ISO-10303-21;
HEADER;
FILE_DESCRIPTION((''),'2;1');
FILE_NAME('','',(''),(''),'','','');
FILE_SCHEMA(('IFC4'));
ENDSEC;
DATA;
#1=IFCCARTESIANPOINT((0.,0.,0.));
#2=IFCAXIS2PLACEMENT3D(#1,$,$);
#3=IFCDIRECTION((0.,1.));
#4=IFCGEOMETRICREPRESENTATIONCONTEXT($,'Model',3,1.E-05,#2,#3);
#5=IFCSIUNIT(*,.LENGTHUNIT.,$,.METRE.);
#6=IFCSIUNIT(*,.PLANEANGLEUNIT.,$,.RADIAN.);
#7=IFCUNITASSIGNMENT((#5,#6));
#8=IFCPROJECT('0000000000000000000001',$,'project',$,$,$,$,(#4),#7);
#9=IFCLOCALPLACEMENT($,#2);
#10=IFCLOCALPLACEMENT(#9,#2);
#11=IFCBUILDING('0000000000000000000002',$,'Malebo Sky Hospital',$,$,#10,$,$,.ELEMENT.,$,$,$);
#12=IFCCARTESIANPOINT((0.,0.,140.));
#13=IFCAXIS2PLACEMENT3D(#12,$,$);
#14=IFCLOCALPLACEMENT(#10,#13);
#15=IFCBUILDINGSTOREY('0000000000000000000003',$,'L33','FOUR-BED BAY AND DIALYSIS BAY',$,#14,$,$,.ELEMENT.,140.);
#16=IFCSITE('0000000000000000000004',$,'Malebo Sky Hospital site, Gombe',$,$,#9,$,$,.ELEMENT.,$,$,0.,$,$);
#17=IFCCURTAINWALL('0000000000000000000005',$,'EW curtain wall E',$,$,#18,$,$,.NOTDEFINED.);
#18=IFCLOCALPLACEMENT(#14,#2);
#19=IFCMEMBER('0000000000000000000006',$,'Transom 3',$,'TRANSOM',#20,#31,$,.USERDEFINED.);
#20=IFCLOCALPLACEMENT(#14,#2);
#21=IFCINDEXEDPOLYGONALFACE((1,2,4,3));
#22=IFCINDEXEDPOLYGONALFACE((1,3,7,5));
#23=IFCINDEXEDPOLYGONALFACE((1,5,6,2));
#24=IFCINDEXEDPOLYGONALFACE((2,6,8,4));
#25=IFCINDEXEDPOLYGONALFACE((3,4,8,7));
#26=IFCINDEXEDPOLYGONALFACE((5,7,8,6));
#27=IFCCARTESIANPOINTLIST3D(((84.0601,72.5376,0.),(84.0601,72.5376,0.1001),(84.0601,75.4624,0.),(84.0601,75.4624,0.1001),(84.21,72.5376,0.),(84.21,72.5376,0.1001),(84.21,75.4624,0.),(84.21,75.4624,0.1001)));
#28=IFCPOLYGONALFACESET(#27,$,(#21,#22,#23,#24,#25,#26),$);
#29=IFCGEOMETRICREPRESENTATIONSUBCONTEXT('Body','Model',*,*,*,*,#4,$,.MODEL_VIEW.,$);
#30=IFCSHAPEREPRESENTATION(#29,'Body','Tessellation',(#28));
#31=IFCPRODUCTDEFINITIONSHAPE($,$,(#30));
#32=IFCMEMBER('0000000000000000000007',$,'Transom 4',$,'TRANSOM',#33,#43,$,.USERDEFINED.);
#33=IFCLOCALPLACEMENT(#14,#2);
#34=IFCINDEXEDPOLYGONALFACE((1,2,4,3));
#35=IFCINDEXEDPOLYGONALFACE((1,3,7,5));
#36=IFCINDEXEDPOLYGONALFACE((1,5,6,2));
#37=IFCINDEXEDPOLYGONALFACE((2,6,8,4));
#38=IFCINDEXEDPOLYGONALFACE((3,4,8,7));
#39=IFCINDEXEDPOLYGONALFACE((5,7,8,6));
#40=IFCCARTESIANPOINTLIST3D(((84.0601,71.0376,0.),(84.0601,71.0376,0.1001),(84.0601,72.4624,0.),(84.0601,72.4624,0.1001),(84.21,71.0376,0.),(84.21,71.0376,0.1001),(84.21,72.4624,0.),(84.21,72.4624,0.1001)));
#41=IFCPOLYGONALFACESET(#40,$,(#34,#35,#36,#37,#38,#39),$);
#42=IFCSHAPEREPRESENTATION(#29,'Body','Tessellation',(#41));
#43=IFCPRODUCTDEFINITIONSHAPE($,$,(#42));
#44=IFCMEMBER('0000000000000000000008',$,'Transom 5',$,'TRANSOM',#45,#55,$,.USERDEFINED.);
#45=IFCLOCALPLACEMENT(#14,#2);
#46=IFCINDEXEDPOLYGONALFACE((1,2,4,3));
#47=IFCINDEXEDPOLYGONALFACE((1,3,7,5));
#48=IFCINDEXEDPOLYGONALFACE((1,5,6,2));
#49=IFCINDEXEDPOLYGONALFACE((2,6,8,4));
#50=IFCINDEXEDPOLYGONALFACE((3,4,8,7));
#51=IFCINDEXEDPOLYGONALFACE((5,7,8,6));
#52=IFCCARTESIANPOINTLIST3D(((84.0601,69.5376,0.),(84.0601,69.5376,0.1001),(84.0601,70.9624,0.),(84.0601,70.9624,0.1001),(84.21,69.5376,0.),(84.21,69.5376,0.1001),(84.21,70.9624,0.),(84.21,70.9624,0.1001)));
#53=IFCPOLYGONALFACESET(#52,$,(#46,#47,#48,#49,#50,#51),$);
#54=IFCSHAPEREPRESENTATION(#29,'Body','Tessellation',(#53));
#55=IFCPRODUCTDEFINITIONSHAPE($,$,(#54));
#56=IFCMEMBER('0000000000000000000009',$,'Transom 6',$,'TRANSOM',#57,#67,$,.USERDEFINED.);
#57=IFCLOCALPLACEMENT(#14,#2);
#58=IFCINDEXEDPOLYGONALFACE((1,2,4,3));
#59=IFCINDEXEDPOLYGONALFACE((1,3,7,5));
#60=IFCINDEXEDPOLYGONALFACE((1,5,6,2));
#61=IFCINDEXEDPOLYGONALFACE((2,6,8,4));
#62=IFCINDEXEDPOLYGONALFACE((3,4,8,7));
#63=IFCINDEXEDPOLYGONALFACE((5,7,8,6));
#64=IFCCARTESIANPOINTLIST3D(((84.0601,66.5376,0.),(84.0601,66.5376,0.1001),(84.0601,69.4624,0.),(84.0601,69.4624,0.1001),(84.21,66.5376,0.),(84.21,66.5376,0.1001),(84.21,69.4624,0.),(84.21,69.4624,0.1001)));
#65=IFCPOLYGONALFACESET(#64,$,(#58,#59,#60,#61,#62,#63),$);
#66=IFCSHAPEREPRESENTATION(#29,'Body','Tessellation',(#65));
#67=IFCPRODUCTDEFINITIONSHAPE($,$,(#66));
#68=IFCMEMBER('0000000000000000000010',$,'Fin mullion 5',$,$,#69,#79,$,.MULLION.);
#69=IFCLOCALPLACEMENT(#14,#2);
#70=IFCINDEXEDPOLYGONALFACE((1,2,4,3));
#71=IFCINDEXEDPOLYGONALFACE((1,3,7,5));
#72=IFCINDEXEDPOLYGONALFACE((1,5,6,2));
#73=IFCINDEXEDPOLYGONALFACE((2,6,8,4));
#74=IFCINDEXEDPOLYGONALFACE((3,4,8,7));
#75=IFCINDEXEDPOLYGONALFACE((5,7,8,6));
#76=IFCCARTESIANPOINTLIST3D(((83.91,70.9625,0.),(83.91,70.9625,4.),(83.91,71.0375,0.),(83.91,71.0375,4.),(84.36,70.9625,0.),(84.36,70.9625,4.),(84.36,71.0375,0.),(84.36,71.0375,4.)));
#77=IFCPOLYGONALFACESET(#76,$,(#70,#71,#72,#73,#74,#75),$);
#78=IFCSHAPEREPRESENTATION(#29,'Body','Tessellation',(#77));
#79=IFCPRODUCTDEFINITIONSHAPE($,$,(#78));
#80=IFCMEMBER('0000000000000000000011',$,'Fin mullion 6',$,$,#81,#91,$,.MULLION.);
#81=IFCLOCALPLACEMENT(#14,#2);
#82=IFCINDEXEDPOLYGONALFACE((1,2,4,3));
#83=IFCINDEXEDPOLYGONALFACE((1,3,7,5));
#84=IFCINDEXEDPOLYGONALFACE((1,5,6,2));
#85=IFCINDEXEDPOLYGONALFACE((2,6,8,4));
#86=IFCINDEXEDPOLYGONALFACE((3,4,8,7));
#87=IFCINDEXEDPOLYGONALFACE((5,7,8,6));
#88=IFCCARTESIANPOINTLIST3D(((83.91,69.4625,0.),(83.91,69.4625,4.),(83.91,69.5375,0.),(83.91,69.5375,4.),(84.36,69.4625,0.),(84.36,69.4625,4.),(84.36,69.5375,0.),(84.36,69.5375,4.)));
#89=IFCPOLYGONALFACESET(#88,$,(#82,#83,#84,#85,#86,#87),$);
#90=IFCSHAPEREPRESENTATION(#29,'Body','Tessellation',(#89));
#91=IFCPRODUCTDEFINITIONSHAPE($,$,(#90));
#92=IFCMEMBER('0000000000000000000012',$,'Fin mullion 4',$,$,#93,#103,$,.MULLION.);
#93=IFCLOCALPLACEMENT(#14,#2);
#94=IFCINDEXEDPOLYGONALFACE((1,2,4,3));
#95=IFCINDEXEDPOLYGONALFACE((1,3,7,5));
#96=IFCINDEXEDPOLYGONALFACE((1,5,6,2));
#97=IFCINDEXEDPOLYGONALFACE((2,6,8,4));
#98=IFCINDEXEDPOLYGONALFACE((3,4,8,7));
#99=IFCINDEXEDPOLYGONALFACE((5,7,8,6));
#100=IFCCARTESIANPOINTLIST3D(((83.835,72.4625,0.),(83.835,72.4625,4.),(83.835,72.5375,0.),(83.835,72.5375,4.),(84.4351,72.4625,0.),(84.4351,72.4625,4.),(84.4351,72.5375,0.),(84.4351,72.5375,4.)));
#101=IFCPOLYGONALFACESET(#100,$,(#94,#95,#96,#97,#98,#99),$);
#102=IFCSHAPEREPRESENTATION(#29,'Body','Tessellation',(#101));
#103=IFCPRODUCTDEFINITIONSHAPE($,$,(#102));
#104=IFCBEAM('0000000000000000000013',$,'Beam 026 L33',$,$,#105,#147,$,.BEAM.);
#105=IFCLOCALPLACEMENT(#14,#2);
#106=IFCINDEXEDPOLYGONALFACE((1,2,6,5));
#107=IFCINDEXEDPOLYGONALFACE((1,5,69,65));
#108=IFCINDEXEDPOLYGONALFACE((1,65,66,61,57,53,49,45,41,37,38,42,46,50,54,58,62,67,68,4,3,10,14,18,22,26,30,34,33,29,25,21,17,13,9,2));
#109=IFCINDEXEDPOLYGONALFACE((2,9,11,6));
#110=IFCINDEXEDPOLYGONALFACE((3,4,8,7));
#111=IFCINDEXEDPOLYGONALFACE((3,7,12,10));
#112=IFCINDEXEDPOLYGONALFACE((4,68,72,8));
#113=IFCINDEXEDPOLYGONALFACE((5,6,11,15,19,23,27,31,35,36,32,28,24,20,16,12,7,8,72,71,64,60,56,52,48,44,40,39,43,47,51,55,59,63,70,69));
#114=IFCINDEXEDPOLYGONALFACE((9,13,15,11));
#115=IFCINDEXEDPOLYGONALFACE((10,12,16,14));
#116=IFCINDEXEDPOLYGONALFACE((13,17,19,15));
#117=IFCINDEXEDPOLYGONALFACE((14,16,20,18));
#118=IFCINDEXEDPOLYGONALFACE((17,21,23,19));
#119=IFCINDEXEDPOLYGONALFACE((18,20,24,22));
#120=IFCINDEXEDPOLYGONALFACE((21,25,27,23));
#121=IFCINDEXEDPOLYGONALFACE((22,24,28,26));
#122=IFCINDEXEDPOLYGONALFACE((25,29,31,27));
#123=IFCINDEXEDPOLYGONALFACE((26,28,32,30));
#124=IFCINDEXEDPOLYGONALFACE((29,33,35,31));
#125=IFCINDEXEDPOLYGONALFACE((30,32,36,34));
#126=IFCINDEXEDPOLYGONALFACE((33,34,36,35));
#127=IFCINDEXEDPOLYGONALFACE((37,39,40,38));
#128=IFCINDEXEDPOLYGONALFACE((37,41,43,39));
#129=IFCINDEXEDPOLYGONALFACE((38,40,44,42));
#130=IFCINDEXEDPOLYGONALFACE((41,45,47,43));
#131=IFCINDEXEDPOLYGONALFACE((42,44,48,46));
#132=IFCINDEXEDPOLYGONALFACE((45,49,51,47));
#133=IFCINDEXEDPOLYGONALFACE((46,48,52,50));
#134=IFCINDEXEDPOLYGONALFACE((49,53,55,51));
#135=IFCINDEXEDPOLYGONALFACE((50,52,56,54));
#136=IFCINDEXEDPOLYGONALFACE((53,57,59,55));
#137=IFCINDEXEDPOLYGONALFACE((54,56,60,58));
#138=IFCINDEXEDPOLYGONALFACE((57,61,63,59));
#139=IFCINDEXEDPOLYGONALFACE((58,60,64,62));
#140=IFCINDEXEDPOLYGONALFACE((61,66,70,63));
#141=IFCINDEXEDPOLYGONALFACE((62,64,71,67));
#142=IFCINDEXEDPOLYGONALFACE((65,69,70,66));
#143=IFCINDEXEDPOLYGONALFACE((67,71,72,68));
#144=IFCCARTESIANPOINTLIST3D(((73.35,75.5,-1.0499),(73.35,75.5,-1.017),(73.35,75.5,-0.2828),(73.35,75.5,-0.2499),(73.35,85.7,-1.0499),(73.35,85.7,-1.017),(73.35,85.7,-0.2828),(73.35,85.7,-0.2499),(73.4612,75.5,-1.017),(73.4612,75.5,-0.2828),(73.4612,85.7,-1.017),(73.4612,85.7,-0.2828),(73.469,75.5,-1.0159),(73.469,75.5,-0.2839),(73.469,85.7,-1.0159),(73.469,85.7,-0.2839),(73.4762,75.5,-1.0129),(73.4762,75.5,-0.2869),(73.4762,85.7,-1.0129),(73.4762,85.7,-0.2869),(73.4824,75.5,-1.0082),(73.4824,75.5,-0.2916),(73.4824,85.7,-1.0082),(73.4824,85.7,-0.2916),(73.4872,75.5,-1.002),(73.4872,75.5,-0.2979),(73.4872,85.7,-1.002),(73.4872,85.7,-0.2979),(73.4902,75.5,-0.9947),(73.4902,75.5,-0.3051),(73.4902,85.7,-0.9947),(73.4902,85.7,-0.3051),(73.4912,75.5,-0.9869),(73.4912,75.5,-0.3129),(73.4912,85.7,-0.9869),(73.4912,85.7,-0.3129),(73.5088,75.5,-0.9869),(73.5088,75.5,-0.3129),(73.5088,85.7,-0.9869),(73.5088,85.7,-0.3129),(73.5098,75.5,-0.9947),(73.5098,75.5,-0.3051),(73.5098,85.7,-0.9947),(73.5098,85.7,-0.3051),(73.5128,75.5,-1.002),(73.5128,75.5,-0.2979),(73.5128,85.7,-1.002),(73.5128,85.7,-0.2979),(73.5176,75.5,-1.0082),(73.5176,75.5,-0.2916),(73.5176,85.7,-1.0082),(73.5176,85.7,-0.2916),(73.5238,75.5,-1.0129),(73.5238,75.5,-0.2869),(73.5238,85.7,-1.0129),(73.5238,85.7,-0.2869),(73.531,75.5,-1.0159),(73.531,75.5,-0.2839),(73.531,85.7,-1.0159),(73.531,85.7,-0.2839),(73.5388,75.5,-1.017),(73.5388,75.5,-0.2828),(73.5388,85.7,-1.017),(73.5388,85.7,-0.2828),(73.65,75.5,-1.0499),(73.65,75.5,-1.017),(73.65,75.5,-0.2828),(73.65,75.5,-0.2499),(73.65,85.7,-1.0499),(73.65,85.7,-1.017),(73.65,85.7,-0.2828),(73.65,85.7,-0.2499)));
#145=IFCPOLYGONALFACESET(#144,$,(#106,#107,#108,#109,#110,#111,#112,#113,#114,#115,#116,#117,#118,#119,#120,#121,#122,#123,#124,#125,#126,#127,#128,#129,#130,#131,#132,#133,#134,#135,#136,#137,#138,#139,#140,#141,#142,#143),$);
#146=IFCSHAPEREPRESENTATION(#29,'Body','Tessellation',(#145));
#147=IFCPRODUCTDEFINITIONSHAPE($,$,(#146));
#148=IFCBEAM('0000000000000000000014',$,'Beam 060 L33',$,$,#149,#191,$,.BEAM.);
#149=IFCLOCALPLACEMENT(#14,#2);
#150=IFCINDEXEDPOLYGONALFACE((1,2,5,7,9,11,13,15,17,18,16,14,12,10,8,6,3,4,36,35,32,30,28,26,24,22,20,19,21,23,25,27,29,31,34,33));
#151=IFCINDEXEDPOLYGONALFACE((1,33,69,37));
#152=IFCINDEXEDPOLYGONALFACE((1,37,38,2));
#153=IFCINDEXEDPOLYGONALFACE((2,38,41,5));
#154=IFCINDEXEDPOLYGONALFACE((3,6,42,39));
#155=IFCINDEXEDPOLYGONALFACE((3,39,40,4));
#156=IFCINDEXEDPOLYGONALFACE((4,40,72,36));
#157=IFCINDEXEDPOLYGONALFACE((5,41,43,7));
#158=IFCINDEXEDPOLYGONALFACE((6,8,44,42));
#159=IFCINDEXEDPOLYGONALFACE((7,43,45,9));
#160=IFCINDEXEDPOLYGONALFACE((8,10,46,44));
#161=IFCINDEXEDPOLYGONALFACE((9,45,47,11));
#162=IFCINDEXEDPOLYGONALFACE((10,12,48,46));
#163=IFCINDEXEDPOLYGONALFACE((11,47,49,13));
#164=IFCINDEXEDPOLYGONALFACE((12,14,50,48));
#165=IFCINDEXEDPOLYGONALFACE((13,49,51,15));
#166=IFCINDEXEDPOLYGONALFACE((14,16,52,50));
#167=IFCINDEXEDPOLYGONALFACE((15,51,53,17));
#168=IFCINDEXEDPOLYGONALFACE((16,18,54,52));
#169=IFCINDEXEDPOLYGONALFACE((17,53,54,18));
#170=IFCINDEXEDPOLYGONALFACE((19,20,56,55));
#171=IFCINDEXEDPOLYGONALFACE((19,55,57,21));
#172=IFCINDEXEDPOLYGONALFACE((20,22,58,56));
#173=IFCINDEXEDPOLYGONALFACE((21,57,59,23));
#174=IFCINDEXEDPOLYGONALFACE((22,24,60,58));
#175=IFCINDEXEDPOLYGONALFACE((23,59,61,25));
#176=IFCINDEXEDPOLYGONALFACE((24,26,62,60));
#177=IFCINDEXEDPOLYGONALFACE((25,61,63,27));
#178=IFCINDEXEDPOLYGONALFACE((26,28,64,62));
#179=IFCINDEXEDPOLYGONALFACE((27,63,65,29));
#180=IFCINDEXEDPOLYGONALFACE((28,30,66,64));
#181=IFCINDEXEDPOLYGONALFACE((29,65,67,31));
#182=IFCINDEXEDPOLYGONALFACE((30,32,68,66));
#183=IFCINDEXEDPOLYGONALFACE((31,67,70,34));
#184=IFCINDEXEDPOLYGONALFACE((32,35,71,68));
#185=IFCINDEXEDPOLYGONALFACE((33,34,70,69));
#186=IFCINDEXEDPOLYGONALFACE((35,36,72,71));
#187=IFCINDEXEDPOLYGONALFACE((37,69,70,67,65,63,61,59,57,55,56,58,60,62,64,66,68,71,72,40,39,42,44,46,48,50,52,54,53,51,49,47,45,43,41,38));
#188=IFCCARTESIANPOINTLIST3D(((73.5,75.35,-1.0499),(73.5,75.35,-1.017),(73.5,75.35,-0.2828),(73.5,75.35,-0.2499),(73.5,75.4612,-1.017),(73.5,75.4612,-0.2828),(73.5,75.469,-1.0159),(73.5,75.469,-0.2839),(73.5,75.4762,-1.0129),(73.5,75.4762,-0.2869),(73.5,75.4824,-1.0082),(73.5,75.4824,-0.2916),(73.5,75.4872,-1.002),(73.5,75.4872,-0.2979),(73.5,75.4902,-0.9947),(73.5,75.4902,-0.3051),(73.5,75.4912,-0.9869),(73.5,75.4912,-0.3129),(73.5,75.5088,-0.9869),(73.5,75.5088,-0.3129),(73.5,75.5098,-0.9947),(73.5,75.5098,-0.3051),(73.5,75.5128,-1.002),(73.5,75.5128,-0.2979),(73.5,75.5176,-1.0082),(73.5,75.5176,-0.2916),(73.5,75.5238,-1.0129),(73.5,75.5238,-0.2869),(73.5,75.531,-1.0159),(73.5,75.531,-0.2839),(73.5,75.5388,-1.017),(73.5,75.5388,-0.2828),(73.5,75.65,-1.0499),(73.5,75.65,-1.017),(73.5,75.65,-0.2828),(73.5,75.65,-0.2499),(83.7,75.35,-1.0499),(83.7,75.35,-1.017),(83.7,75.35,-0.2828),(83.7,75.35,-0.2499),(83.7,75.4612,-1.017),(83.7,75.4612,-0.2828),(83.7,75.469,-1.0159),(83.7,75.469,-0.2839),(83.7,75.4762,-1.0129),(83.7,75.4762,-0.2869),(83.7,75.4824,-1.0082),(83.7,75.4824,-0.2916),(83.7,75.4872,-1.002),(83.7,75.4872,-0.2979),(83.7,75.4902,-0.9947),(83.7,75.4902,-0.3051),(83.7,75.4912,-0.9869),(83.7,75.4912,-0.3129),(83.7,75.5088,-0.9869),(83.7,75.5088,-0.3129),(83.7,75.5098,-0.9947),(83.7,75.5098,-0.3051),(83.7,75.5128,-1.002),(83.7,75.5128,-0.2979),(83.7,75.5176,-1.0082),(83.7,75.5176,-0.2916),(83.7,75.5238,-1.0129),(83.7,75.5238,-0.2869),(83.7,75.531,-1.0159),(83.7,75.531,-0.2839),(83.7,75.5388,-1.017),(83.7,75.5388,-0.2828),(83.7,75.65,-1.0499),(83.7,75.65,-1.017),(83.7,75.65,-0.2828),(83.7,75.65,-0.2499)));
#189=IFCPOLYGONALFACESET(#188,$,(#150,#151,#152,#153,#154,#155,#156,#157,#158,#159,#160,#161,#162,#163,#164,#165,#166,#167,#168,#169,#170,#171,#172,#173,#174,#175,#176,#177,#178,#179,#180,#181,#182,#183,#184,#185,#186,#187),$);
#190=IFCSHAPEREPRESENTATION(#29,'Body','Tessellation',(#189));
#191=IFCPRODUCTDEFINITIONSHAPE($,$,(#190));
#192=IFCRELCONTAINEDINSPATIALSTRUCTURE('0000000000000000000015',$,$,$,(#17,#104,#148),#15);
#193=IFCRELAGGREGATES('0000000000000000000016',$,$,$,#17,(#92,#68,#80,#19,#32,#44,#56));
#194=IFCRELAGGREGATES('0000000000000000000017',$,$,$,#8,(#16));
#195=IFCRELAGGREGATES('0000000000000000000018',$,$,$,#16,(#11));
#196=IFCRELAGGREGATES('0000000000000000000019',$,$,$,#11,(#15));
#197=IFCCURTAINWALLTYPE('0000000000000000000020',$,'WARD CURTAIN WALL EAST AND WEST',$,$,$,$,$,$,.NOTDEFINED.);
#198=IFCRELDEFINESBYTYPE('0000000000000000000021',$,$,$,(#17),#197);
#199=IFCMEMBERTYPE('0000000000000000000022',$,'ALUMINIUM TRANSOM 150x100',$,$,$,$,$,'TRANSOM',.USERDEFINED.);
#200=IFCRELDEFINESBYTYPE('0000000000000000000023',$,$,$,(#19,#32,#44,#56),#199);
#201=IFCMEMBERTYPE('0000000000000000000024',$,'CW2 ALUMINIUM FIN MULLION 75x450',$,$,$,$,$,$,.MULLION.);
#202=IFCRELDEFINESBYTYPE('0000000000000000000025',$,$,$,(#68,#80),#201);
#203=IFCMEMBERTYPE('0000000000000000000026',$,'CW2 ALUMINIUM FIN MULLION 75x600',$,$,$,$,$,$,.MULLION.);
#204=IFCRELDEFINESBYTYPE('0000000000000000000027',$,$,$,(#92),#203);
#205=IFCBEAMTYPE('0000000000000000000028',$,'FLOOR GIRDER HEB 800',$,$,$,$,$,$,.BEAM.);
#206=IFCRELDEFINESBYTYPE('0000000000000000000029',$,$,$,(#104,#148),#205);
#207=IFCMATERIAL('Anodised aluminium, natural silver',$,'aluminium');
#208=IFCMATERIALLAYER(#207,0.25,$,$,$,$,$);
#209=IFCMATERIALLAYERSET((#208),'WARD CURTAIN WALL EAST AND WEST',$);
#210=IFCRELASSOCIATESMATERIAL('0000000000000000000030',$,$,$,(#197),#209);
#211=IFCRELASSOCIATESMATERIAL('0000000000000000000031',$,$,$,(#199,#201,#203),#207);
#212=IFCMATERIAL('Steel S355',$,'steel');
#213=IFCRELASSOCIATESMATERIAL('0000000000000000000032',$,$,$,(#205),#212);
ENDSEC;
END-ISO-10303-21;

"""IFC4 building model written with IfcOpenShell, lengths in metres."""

from ifc_helpers import new_model, si_unit, direction, frame, origin, origin_2d, place, context, subcontext, project, spatial, rectangle, i_section, extrude, material, layer, layer_set, material_profile, profile_set, type_object, element, aggregate, save


model = new_model("IFC4")

# Units and contexts
model_context = context("Model", 3, precision=1e-05, world=origin(), true_north=direction((0.0, 1.0)))
body_context = subcontext(model_context, "Body", "Model", "MODEL_VIEW")
ifc_project = project(units=[si_unit("LENGTHUNIT", "METRE"), si_unit("PLANEANGLEUNIT", "RADIAN")], contexts=[model_context])

# Site, building, storey
site_placement = place(None, origin())
site = spatial("IfcSite", under=ifc_project, at=site_placement, Name="Malebo Sky Hospital site, Gombe", CompositionType="ELEMENT", RefElevation=0.0)
building_placement = place(site_placement, origin())
building = spatial("IfcBuilding", under=site, at=building_placement, Name="Malebo Sky Hospital", CompositionType="ELEMENT")
storey_placement = place(building_placement, frame((0.0, 0.0, 140.0)))
storey = spatial("IfcBuildingStorey", under=building, at=storey_placement, Name="L33", Description="FOUR-BED BAY AND DIALYSIS BAY", CompositionType="ELEMENT", Elevation=140.0)

# Curtain wall, members
ifc_material_1 = material(Name="Anodised aluminium, natural silver", Category="aluminium")
ifc_layer_1 = layer(ifc_material_1, 0.25)
ifc_layer_set_1 = layer_set([ifc_layer_1], Name="WARD CURTAIN WALL EAST AND WEST")
curtain_wall_type = type_object("IfcCurtainWallType", Name="WARD CURTAIN WALL EAST AND WEST", PredefinedType="NOTDEFINED", material=ifc_layer_set_1)
curtain_wall_placement = place(storey_placement, origin())
curtain_wall = element("IfcCurtainWall", 1, at=curtain_wall_placement, inside=storey, type_object=curtain_wall_type, Name="EW curtain wall E", PredefinedType="NOTDEFINED")
ifc_material_profile_1 = material_profile(ifc_material_1, rectangle(XDim=0.1499, YDim=0.1001, at=origin_2d()), Name="ALUMINIUM TRANSOM 150x100")
ifc_profile_set_1 = profile_set([ifc_material_profile_1], Name="Anodised aluminium, natural silver")
member_type_1 = type_object("IfcMemberType", Name="ALUMINIUM TRANSOM 150x100", ElementType="TRANSOM", PredefinedType="USERDEFINED", material=ifc_profile_set_1)
member_1_placement = place(storey_placement, frame((84.135, 75.4624, 0.05), z_axis=(0.0, -1.0, 0.0), x_axis=(1.0, 0.0, 0.0)))
member_1 = element("IfcMember", 2, at=member_1_placement, type_object=member_type_1, Name="Transom 3", ObjectType="TRANSOM", PredefinedType="USERDEFINED", context=body_context, shape_type="SweptSolid", body=[
    extrude(rectangle(XDim=0.1499, YDim=0.1001, at=origin_2d()), origin(), (0.0, 0.0, 1.0), 2.9248),
])
member_2_placement = place(storey_placement, frame((84.135, 72.4624, 0.05), z_axis=(0.0, -1.0, 0.0), x_axis=(1.0, 0.0, 0.0)))
member_2 = element("IfcMember", 3, at=member_2_placement, type_object=member_type_1, Name="Transom 4", ObjectType="TRANSOM", PredefinedType="USERDEFINED", context=body_context, shape_type="SweptSolid", body=[
    extrude(rectangle(XDim=0.1499, YDim=0.1001, at=origin_2d()), origin(), (0.0, 0.0, 1.0), 1.4248),
])
member_3_placement = place(storey_placement, frame((84.135, 70.9624, 0.05), z_axis=(0.0, -1.0, 0.0), x_axis=(1.0, 0.0, 0.0)))
member_3 = element("IfcMember", 4, at=member_3_placement, type_object=member_type_1, Name="Transom 5", ObjectType="TRANSOM", PredefinedType="USERDEFINED", context=body_context, shape_type="SweptSolid", body=[
    extrude(rectangle(XDim=0.1499, YDim=0.1001, at=origin_2d()), origin(), (0.0, 0.0, 1.0), 1.4248),
])
member_4_placement = place(storey_placement, frame((84.135, 69.4624, 0.05), z_axis=(0.0, -1.0, 0.0), x_axis=(1.0, 0.0, 0.0)))
member_4 = element("IfcMember", 5, at=member_4_placement, type_object=member_type_1, Name="Transom 6", ObjectType="TRANSOM", PredefinedType="USERDEFINED", context=body_context, shape_type="SweptSolid", body=[
    extrude(rectangle(XDim=0.1499, YDim=0.1001, at=origin_2d()), origin(), (0.0, 0.0, 1.0), 2.9248),
])
ifc_material_profile_2 = material_profile(ifc_material_1, rectangle(XDim=0.075, YDim=0.45, at=origin_2d()), Name="CW2 ALUMINIUM FIN MULLION 75x450")
ifc_profile_set_2 = profile_set([ifc_material_profile_2], Name="Anodised aluminium, natural silver")
member_type_2 = type_object("IfcMemberType", Name="CW2 ALUMINIUM FIN MULLION 75x450", PredefinedType="MULLION", material=ifc_profile_set_2)
member_5_placement = place(storey_placement, frame((84.135, 71.0, 0.0), z_axis=(0.0, 0.0, 1.0), x_axis=(0.0, -1.0, 0.0)))
member_5 = element("IfcMember", 6, at=member_5_placement, type_object=member_type_2, Name="Fin mullion 5", PredefinedType="MULLION", context=body_context, shape_type="SweptSolid", body=[
    extrude(rectangle(XDim=0.075, YDim=0.45, at=origin_2d()), origin(), (0.0, 0.0, 1.0), 4.0),
])
member_6_placement = place(storey_placement, frame((84.135, 69.5, 0.0), z_axis=(0.0, 0.0, 1.0), x_axis=(0.0, -1.0, 0.0)))
member_6 = element("IfcMember", 7, at=member_6_placement, type_object=member_type_2, Name="Fin mullion 6", PredefinedType="MULLION", context=body_context, shape_type="SweptSolid", body=[
    extrude(rectangle(XDim=0.075, YDim=0.45, at=origin_2d()), origin(), (0.0, 0.0, 1.0), 4.0),
])
ifc_material_profile_3 = material_profile(ifc_material_1, rectangle(XDim=0.075, YDim=0.6001, at=origin_2d()), Name="CW2 ALUMINIUM FIN MULLION 75x600")
ifc_profile_set_3 = profile_set([ifc_material_profile_3], Name="Anodised aluminium, natural silver")
member_type_3 = type_object("IfcMemberType", Name="CW2 ALUMINIUM FIN MULLION 75x600", PredefinedType="MULLION", material=ifc_profile_set_3)
member_7_placement = place(storey_placement, frame((84.135, 72.5, 0.0), z_axis=(0.0, 0.0, 1.0), x_axis=(0.0, -1.0, 0.0)))
member_7 = element("IfcMember", 8, at=member_7_placement, type_object=member_type_3, Name="Fin mullion 4", PredefinedType="MULLION", context=body_context, shape_type="SweptSolid", body=[
    extrude(rectangle(XDim=0.075, YDim=0.6001, at=origin_2d()), origin(), (0.0, 0.0, 1.0), 4.0),
])

# Beams
ifc_material_2 = material(Name="Steel S355", Category="steel")
ifc_material_profile_4 = material_profile(ifc_material_2, i_section(OverallWidth=0.3, OverallDepth=0.8, WebThickness=0.0176, FlangeThickness=0.033, FilletRadius=0.03, at=origin_2d()), Name="HEB 800")
ifc_profile_set_4 = profile_set([ifc_material_profile_4], Name="Steel S355")
beam_type = type_object("IfcBeamType", Name="FLOOR GIRDER HEB 800", PredefinedType="BEAM", material=ifc_profile_set_4)
for number, where, z_axis, x_axis, name in (
    (9, (73.5, 75.5, -0.6499), (0.0, 1.0, 0.0), (-1.0, 0.0, 0.0), "Beam 026 L33"),
    (10, (73.5, 75.5, -0.6499), (1.0, 0.0, 0.0), (0.0, 1.0, 0.0), "Beam 060 L33"),
):
    element("IfcBeam", number, at=place(storey_placement, frame(where, z_axis=z_axis, x_axis=x_axis)), inside=storey, type_object=beam_type, Name=name, PredefinedType="BEAM", context=body_context, shape_type="SweptSolid", body=[
        extrude(i_section(OverallWidth=0.3, OverallDepth=0.8, WebThickness=0.0176, FlangeThickness=0.033, FilletRadius=0.03, at=origin_2d()), origin(), (0.0, 0.0, 1.0), 10.2),
    ])

aggregate(curtain_wall, [member_7, member_5, member_6, member_1, member_2, member_3, member_4])

save(model, "model.ifc")
